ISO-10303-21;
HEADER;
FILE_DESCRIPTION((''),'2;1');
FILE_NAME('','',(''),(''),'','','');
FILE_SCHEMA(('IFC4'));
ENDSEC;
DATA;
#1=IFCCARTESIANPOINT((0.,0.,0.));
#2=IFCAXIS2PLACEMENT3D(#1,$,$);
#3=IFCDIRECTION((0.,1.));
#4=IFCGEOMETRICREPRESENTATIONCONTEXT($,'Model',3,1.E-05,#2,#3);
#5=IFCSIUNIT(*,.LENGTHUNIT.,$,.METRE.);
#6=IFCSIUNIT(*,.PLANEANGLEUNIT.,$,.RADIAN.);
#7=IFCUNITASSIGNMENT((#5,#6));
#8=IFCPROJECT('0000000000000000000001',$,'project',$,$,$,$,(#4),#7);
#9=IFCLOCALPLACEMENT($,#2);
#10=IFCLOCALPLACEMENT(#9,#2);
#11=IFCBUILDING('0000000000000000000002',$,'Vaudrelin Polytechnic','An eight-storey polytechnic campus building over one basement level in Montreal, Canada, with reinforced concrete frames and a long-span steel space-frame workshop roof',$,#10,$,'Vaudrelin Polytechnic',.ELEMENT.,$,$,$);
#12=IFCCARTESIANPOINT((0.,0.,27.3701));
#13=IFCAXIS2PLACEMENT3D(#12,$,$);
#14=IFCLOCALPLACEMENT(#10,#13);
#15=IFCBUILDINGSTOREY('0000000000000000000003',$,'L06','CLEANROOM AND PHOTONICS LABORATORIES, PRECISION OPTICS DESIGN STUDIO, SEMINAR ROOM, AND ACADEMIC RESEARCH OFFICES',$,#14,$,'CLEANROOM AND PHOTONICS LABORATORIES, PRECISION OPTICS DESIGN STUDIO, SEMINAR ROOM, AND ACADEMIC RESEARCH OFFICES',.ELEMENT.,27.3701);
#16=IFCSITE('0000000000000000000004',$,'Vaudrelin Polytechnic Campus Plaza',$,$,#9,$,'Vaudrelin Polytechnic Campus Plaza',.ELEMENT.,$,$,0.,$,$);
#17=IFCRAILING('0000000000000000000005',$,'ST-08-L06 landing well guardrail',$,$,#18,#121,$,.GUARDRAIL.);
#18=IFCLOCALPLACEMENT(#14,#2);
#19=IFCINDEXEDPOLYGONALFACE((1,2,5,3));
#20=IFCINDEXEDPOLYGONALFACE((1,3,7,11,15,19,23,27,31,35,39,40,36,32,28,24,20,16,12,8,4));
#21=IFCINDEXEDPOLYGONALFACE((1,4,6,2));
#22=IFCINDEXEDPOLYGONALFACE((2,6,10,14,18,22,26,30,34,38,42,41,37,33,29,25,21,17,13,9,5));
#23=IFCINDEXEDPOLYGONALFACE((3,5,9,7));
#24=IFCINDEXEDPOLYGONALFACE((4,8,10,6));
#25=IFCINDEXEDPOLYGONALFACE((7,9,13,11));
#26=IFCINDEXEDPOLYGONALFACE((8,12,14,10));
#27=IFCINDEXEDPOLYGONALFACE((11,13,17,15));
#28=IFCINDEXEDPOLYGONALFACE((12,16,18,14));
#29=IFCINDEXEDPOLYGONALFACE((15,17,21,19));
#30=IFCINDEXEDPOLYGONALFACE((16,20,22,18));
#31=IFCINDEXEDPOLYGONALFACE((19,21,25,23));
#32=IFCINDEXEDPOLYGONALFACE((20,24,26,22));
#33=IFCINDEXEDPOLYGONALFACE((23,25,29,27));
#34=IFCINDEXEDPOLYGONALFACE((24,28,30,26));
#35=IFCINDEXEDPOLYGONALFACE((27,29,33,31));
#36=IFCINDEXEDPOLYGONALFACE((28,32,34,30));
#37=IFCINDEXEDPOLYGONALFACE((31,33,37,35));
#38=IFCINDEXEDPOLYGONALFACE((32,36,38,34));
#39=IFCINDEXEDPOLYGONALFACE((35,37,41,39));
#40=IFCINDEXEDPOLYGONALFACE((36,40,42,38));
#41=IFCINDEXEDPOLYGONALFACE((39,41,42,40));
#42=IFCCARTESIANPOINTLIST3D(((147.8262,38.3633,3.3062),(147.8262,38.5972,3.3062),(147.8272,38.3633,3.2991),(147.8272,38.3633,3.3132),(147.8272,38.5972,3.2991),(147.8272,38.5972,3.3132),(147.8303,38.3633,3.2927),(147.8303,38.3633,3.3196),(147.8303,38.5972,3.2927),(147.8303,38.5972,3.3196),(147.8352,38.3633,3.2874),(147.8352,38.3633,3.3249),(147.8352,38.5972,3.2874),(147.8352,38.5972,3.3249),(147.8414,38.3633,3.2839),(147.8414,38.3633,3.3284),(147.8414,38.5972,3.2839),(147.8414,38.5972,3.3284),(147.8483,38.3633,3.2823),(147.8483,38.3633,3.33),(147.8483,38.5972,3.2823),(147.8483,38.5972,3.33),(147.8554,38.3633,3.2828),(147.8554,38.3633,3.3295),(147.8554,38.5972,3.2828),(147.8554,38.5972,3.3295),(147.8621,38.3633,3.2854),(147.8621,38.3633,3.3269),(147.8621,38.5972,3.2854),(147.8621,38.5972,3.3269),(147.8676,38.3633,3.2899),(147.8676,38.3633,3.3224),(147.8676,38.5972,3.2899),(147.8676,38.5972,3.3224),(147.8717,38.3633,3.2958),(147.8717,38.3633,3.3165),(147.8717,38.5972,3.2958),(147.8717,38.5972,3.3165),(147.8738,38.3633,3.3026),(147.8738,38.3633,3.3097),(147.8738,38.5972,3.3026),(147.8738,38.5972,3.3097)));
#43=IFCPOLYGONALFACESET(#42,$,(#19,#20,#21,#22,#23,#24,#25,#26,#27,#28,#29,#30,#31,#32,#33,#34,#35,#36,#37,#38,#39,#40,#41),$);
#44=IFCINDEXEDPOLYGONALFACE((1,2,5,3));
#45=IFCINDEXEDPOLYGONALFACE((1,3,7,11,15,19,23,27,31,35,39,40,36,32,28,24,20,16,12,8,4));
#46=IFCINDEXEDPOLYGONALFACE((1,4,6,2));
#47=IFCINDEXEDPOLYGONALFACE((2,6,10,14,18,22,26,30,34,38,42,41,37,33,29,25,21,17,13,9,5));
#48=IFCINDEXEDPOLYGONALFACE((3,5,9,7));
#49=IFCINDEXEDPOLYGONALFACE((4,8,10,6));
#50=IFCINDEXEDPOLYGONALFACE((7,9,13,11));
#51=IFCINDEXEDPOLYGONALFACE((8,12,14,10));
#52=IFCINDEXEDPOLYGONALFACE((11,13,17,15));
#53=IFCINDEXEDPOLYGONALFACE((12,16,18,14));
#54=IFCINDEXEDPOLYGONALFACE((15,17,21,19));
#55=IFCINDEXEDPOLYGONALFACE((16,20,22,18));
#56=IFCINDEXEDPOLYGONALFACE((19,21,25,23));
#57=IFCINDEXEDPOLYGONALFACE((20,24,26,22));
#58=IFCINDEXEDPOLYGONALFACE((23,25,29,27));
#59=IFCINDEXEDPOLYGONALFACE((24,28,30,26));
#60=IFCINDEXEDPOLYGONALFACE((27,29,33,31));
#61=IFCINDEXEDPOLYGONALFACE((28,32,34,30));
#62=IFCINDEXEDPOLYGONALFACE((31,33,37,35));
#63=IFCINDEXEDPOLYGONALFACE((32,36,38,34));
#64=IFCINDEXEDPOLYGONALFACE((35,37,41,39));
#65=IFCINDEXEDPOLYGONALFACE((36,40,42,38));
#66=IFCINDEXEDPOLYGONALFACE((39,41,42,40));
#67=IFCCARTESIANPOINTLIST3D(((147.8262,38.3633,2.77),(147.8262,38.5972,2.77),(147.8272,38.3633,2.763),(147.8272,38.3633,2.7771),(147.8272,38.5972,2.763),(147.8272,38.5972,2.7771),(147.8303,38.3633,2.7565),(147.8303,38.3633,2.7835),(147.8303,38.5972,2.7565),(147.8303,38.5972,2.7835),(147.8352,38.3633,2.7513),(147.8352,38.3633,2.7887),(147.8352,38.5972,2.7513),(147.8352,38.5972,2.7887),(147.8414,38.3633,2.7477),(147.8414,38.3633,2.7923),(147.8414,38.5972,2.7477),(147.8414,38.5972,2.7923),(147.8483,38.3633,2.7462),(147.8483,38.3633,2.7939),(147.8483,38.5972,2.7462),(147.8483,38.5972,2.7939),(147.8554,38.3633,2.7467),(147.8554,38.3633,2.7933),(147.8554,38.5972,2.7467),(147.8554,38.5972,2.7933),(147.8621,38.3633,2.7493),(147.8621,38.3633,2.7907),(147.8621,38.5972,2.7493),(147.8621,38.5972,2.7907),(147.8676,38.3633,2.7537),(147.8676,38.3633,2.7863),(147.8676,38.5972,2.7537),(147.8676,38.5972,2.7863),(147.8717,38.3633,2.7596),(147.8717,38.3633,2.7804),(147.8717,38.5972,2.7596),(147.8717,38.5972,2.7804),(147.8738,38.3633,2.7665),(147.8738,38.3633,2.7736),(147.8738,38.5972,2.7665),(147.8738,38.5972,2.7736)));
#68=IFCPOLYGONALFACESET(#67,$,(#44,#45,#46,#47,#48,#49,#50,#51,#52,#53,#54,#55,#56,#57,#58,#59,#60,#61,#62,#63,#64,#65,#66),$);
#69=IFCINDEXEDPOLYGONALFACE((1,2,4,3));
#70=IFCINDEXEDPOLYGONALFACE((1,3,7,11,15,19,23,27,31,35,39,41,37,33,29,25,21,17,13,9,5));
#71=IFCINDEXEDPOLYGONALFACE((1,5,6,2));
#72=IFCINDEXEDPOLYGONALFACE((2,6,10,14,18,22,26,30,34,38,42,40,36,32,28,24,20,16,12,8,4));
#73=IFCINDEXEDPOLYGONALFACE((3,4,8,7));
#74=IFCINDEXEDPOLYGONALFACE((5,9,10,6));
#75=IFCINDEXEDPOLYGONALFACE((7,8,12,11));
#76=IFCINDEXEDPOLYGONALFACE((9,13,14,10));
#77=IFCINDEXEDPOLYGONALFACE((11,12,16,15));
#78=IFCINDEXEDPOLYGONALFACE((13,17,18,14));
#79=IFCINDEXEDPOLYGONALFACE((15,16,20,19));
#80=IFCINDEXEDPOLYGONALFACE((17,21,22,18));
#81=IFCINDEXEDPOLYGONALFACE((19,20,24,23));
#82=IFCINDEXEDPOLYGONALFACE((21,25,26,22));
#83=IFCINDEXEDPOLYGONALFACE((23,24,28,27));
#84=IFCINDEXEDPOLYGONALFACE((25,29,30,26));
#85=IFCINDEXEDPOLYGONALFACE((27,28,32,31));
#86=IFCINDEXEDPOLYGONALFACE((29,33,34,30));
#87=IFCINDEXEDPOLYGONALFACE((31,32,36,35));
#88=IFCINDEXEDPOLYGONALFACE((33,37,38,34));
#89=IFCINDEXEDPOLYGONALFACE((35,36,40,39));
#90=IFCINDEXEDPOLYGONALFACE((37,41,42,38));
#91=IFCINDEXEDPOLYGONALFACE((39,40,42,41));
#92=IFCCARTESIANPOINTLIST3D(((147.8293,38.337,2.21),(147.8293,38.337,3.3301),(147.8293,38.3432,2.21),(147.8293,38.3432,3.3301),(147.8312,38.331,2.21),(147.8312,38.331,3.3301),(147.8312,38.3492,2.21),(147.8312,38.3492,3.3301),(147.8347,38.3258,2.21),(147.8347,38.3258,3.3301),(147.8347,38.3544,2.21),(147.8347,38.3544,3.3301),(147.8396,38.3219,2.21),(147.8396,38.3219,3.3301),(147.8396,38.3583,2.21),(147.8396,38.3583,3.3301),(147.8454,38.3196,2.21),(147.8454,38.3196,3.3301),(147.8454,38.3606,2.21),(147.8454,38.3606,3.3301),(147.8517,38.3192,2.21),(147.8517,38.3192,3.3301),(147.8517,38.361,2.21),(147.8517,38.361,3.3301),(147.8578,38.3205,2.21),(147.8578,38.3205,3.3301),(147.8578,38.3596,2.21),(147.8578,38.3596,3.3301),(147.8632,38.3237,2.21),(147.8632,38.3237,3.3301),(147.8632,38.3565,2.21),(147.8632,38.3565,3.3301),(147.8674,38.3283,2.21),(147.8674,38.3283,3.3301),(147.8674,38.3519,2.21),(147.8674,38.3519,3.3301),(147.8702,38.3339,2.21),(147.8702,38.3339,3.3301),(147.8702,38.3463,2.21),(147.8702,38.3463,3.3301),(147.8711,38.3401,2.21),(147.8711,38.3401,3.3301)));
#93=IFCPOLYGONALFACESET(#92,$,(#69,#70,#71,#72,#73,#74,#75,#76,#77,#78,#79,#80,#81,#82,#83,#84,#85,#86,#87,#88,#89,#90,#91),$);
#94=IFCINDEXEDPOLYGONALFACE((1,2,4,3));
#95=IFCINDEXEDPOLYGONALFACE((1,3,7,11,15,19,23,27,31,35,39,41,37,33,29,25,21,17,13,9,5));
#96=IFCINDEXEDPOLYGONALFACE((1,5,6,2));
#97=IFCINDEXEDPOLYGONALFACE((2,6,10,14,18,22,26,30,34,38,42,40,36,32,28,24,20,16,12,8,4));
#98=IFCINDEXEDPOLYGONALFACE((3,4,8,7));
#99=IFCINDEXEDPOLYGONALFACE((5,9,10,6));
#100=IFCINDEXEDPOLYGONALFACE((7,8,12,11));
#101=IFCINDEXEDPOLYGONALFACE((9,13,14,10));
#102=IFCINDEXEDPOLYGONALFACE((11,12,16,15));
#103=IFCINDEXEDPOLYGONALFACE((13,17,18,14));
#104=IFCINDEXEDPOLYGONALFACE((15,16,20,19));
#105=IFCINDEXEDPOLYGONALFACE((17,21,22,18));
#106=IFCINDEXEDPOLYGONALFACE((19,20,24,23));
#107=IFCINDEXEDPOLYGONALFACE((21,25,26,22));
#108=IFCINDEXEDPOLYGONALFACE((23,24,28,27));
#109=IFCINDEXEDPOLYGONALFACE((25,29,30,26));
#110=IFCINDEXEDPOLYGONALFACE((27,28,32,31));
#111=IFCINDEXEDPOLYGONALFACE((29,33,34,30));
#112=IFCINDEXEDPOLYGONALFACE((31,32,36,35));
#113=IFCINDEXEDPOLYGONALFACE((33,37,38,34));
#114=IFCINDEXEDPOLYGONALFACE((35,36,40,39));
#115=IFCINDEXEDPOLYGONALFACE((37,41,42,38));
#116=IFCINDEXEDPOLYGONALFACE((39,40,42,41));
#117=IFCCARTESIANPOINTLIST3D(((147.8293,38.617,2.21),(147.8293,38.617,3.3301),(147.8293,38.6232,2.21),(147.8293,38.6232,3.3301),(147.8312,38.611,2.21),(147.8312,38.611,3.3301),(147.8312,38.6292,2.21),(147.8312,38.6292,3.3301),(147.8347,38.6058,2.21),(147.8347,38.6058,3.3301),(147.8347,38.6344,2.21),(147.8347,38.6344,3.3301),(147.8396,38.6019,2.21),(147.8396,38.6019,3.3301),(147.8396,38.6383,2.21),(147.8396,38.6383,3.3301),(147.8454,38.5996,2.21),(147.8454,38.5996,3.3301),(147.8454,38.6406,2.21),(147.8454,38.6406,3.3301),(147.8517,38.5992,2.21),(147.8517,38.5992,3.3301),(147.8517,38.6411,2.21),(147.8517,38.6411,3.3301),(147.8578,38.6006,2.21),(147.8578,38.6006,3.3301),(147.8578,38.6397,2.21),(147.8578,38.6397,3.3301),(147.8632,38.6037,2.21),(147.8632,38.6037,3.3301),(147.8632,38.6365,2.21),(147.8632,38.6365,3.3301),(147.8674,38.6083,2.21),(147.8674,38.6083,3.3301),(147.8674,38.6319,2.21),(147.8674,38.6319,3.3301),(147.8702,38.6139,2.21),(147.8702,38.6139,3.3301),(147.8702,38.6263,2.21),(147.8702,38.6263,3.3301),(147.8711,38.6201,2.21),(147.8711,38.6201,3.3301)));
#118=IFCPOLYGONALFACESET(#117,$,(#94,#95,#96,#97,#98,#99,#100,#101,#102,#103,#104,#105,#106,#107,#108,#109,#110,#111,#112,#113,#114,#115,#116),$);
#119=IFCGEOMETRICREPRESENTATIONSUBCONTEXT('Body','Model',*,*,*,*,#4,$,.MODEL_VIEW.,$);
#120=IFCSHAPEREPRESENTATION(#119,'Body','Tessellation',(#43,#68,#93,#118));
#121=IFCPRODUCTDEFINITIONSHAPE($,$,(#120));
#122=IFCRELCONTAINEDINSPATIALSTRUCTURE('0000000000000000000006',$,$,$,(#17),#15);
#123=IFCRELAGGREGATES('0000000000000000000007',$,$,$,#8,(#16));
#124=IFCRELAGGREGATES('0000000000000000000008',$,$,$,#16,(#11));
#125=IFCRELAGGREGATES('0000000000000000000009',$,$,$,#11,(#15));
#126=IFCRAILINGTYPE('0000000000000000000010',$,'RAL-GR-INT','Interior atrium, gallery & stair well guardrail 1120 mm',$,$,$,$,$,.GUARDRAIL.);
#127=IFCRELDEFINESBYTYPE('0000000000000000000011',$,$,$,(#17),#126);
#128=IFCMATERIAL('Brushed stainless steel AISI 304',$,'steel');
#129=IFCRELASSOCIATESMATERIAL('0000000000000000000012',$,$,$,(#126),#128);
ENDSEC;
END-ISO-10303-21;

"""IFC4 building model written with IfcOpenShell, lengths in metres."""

from ifc_helpers import new_model, si_unit, direction, frame, origin, origin_2d, place, context, subcontext, project, spatial, circle, extrude, material, type_object, element, save


model = new_model("IFC4")

# Units and contexts
model_context = context("Model", 3, precision=1e-05, world=origin(), true_north=direction((0.0, 1.0)))
body_context = subcontext(model_context, "Body", "Model", "MODEL_VIEW")
ifc_project = project(units=[si_unit("LENGTHUNIT", "METRE"), si_unit("PLANEANGLEUNIT", "RADIAN")], contexts=[model_context])

# Site, building, storey
site_placement = place(None, origin())
site = spatial("IfcSite", under=ifc_project, at=site_placement, Name="Vaudrelin Polytechnic Campus Plaza", LongName="Vaudrelin Polytechnic Campus Plaza", CompositionType="ELEMENT", RefElevation=0.0)
building_placement = place(site_placement, origin())
building = spatial("IfcBuilding", under=site, at=building_placement, Name="Vaudrelin Polytechnic", Description="An eight-storey polytechnic campus building over one basement level in Montreal, Canada, with reinforced concrete frames and a long-span steel space-frame workshop roof", LongName="Vaudrelin Polytechnic", CompositionType="ELEMENT")
storey_placement = place(building_placement, frame((0.0, 0.0, 27.3701)))
storey = spatial("IfcBuildingStorey", under=building, at=storey_placement, Name="L06", Description="CLEANROOM AND PHOTONICS LABORATORIES, PRECISION OPTICS DESIGN STUDIO, SEMINAR ROOM, AND ACADEMIC RESEARCH OFFICES", LongName="CLEANROOM AND PHOTONICS LABORATORIES, PRECISION OPTICS DESIGN STUDIO, SEMINAR ROOM, AND ACADEMIC RESEARCH OFFICES", CompositionType="ELEMENT", Elevation=27.3701)

# Railing
ifc_material_1 = material(Name="Brushed stainless steel AISI 304", Category="steel")
railing_type_1 = type_object("IfcRailingType", Name="RAL-GR-INT", Description="Interior atrium, gallery & stair well guardrail 1120 mm", PredefinedType="GUARDRAIL", material=ifc_material_1)
railing_1_placement = place(storey_placement, frame((147.8501, 38.3401, 2.21)))
element("IfcRailing", 1, at=railing_1_placement, inside=storey, type_object=railing_type_1, Name="ST-08-L06 landing well guardrail", PredefinedType="GUARDRAIL", context=body_context, shape_type="SweptSolid", body=[
    extrude(circle(Radius=0.0239, at=origin_2d()), frame((0.0, 0.0232, 1.0962), z_axis=(0.0, 1.0, 0.0), x_axis=(-1.0, 0.0, 0.0)), (0.0, 0.0, 1.0), 0.2339),
    extrude(circle(Radius=0.0239, at=origin_2d()), frame((0.0, 0.0232, 0.5601), z_axis=(0.0, 1.0, 0.0), x_axis=(-1.0, 0.0, 0.0)), (0.0, 0.0, 1.0), 0.2339),
    extrude(circle(Radius=0.021, at=origin_2d()), origin(), (0.0, 0.0, 1.0), 1.1201),
    extrude(circle(Radius=0.021, at=origin_2d()), frame((0.0, 0.28, 0.0)), (0.0, 0.0, 1.0), 1.1201),
])

save(model, "model.ifc")
